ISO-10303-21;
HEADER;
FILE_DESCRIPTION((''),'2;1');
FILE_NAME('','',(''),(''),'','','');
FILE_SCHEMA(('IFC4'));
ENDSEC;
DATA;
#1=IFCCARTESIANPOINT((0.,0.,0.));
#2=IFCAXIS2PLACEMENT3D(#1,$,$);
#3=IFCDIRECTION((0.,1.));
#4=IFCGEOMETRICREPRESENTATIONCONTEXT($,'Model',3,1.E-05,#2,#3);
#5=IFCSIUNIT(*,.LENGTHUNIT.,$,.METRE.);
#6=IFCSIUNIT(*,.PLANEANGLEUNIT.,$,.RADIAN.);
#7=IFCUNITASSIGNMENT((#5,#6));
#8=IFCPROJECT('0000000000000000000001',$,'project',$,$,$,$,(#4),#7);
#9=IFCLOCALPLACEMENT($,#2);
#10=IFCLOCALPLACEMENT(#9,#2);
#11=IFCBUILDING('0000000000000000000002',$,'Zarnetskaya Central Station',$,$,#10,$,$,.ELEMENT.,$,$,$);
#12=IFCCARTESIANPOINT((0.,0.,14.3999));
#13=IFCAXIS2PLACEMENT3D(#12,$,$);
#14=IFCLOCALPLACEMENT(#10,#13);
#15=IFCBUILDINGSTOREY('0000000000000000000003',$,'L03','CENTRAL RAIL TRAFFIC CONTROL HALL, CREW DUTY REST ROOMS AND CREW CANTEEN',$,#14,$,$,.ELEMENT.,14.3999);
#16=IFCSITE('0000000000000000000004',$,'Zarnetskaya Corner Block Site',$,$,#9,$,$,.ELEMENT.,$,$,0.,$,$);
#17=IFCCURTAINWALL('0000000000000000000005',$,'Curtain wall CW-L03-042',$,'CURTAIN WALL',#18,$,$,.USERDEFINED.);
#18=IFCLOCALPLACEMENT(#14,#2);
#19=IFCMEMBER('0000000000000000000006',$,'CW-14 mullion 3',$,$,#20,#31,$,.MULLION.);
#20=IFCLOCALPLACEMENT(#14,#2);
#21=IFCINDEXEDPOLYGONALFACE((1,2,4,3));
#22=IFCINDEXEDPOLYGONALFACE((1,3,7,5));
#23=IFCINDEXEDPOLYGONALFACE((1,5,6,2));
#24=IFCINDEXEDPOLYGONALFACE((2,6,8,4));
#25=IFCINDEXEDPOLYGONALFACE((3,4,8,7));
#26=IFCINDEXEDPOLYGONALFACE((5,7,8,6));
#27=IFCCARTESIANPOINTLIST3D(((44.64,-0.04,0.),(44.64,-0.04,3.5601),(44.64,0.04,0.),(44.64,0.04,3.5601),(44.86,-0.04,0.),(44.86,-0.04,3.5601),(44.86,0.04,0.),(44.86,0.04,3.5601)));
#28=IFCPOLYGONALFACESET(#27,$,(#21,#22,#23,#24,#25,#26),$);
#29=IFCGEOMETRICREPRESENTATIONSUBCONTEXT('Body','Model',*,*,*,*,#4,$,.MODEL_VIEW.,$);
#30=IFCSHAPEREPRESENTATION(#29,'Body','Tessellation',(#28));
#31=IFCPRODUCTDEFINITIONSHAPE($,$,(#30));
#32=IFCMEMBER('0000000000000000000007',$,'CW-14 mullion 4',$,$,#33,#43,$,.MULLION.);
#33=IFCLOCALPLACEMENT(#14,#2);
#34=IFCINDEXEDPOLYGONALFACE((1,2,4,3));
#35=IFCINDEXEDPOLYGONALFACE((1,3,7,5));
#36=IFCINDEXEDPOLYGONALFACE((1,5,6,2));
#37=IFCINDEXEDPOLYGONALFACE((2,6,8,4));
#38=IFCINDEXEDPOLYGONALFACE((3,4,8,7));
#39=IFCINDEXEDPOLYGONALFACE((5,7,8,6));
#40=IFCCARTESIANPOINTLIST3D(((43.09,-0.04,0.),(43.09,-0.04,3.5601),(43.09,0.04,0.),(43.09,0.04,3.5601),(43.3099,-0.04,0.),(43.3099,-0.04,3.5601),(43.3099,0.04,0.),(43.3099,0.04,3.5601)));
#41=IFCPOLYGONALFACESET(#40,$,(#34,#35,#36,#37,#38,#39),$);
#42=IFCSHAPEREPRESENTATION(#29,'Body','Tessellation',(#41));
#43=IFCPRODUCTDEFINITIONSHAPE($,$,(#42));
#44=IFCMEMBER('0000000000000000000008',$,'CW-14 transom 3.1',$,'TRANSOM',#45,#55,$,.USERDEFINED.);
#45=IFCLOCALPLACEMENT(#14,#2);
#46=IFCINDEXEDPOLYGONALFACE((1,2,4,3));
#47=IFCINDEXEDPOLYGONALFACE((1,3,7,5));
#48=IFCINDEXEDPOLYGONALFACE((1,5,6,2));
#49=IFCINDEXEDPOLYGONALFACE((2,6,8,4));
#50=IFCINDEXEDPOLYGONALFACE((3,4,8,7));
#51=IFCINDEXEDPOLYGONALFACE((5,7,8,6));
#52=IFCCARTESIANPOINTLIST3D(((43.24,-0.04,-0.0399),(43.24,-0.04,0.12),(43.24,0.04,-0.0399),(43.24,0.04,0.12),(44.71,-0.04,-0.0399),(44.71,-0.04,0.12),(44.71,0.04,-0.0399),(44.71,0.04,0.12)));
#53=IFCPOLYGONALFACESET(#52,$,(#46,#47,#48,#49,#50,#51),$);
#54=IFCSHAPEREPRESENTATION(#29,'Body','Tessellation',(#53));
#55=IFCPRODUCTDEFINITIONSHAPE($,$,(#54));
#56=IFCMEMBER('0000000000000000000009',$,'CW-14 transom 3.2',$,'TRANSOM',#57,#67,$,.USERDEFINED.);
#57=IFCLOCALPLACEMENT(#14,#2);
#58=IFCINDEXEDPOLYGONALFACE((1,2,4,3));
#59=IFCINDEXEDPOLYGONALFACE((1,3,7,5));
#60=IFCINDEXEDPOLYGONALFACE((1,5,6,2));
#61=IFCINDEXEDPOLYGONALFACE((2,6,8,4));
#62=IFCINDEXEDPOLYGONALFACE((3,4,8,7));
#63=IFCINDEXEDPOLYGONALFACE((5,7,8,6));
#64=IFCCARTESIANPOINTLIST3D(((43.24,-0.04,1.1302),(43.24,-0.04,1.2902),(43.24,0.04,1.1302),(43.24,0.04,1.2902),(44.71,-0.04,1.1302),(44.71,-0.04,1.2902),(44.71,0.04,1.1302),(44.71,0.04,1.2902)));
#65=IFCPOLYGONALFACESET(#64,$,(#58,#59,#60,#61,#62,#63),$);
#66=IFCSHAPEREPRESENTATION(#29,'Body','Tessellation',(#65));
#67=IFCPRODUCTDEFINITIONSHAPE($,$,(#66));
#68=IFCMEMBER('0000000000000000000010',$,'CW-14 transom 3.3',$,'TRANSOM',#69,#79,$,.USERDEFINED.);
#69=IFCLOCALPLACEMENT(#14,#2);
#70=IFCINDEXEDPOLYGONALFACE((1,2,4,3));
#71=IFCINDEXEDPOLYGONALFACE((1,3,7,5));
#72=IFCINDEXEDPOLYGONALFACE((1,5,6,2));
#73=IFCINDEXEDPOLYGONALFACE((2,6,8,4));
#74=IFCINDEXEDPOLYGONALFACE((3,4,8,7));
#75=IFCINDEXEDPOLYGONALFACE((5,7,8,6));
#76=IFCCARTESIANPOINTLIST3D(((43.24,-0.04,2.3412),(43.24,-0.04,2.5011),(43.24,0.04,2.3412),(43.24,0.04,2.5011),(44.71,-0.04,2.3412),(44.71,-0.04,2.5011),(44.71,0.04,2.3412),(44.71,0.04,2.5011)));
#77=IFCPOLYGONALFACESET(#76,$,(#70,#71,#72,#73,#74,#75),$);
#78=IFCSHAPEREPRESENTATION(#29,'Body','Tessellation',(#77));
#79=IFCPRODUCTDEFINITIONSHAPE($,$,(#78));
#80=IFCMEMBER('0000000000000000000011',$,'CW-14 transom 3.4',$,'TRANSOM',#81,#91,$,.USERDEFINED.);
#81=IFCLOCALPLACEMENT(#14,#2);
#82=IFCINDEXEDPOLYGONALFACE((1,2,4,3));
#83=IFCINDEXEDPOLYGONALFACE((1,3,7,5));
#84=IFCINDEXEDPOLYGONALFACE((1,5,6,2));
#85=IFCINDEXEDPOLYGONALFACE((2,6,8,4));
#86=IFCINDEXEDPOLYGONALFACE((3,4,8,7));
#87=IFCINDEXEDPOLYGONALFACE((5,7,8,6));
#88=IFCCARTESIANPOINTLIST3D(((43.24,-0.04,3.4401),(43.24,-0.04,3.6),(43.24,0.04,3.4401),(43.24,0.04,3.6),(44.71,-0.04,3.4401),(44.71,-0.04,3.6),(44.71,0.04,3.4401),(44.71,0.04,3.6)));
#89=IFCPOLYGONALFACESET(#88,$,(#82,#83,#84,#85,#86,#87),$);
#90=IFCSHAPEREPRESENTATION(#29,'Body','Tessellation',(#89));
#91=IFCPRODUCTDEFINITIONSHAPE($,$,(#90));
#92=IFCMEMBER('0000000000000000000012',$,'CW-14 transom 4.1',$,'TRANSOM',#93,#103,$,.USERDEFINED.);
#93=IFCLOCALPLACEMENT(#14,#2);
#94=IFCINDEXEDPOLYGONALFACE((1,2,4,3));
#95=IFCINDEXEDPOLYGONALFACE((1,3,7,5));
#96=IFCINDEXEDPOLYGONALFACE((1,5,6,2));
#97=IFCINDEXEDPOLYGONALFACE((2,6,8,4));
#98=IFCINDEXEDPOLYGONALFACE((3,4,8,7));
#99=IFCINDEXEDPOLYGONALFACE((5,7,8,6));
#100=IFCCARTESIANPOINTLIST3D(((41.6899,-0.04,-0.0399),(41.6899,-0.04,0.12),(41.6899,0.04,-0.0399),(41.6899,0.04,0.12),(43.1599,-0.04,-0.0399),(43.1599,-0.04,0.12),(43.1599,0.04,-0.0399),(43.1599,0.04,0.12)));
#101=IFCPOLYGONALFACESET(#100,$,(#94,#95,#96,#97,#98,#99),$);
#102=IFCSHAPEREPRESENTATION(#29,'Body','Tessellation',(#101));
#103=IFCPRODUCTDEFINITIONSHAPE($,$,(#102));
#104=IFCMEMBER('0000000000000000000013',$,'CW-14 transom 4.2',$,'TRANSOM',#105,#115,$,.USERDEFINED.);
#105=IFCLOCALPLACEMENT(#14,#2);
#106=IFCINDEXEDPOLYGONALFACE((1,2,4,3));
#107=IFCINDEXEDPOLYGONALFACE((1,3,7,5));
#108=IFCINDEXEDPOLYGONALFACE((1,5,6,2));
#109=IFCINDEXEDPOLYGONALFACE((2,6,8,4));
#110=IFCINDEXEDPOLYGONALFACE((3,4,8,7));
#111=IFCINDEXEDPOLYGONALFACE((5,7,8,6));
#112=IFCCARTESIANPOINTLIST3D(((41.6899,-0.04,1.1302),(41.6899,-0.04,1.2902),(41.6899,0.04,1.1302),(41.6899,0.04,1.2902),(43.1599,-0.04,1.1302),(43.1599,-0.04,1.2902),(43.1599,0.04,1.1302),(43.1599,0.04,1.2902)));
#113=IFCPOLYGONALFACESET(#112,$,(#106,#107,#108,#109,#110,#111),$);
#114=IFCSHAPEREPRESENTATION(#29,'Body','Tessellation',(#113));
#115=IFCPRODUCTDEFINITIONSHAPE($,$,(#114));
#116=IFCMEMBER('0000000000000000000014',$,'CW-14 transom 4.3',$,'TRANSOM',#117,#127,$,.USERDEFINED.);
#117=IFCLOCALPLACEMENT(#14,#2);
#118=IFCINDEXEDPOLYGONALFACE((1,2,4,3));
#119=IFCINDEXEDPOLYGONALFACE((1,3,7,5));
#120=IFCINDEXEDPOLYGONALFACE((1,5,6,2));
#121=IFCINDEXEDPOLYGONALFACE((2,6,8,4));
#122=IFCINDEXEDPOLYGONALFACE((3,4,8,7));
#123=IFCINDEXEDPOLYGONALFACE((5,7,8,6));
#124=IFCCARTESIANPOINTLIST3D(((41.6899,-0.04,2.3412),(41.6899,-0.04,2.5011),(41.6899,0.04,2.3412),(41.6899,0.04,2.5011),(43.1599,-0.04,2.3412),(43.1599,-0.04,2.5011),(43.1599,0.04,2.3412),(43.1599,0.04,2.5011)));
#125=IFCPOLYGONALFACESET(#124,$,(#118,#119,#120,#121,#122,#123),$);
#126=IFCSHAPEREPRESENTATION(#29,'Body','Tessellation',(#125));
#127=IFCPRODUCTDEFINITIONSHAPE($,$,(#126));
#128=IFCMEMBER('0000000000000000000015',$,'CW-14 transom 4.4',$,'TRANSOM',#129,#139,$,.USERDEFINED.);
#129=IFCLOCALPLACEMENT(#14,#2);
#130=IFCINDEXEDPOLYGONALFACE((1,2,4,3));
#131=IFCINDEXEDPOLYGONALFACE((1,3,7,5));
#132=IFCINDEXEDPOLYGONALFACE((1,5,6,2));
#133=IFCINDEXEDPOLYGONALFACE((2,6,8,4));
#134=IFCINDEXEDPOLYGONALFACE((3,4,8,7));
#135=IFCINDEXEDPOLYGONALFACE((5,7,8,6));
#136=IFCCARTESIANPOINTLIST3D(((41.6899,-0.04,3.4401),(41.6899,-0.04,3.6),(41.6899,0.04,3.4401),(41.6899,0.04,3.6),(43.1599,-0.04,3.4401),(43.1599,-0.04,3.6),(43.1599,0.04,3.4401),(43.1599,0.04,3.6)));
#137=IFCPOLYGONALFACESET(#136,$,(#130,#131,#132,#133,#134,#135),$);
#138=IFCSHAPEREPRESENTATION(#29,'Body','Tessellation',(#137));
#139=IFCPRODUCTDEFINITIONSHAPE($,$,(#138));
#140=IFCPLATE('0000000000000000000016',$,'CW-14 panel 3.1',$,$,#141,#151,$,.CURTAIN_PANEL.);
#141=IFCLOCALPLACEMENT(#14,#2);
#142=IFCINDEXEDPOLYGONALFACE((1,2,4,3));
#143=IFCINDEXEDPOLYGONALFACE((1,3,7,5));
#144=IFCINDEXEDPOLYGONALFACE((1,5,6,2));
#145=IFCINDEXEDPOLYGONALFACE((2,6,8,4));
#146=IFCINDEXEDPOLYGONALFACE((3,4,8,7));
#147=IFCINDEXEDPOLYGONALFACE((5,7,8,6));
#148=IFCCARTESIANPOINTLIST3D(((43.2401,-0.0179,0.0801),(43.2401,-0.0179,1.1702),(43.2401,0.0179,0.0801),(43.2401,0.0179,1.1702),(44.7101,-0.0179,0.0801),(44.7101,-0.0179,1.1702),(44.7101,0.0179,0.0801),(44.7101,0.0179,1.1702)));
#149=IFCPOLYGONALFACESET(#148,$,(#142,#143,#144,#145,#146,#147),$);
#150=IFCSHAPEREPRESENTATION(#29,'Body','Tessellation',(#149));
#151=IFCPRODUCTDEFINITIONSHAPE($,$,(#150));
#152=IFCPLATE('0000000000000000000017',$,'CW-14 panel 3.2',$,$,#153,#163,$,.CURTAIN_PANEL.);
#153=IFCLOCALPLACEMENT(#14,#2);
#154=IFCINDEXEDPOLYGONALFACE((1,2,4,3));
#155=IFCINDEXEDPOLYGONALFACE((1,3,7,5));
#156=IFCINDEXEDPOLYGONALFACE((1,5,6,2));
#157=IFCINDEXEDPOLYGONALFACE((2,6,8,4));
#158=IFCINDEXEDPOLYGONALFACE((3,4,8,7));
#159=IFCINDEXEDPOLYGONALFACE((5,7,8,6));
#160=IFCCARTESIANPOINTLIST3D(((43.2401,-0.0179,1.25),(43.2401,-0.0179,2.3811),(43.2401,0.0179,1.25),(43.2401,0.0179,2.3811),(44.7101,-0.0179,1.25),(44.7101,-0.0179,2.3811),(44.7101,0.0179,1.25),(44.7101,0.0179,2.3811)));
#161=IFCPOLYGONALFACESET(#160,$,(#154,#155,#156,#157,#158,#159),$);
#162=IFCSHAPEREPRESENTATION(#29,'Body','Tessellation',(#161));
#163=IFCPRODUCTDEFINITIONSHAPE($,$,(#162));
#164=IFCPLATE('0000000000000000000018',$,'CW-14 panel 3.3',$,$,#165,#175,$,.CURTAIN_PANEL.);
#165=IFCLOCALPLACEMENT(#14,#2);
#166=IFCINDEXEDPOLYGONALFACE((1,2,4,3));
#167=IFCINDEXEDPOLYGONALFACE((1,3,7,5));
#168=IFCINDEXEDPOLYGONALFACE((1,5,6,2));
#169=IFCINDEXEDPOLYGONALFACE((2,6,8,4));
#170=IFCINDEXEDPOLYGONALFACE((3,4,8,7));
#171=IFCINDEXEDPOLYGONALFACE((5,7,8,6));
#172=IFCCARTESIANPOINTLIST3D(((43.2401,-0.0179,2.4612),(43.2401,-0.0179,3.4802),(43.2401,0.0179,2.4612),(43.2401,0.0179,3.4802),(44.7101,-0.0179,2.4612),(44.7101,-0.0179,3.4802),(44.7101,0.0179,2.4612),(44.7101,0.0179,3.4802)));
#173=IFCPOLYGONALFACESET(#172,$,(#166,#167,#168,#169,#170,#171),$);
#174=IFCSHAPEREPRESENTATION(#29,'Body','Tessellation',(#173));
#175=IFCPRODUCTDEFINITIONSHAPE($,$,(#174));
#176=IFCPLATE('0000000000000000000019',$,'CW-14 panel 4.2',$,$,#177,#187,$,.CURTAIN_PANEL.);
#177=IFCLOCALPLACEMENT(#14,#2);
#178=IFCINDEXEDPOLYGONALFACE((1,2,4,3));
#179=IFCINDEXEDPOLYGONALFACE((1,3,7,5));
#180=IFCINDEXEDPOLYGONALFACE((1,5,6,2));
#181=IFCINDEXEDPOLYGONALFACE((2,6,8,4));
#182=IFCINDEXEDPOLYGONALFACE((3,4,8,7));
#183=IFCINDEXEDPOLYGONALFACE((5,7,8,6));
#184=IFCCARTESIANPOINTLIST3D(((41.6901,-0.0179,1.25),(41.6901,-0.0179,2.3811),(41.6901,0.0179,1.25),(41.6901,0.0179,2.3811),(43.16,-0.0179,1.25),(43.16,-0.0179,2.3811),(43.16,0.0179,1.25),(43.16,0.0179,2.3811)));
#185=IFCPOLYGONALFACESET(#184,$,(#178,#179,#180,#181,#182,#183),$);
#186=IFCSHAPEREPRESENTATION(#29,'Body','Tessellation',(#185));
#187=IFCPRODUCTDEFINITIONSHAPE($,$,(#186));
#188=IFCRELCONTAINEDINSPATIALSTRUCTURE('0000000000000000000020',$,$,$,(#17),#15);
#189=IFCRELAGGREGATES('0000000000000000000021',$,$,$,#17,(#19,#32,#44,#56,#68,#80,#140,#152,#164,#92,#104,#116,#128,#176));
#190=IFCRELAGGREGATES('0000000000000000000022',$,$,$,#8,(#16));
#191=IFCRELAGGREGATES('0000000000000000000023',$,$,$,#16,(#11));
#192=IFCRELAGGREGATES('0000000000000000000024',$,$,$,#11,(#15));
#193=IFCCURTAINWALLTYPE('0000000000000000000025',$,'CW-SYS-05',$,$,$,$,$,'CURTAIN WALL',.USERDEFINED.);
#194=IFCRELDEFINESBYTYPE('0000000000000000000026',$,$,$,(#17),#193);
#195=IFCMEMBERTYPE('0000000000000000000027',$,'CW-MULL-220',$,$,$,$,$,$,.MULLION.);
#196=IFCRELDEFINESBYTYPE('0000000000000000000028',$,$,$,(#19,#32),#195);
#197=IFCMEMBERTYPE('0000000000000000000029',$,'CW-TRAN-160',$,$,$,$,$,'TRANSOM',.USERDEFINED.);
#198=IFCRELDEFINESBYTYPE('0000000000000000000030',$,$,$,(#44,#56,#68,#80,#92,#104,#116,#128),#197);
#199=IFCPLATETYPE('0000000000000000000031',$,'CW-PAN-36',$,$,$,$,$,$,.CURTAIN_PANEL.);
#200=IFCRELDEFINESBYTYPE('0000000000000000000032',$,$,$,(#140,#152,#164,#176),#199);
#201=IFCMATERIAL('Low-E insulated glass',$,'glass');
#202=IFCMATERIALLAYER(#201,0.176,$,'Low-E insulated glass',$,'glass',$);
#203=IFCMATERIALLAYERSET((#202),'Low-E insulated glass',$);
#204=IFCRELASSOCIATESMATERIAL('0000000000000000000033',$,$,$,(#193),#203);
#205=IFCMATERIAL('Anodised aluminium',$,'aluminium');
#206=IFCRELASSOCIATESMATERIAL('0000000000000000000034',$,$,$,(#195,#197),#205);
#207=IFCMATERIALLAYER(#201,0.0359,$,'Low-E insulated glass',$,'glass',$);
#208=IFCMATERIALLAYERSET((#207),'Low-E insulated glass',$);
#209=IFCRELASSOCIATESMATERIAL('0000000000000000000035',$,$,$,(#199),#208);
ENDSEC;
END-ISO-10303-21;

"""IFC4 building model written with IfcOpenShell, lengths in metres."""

from ifc_helpers import new_model, si_unit, direction, frame, origin, origin_2d, place, context, subcontext, project, spatial, rectangle, extrude, material, layer, layer_set, material_profile, profile_set, type_object, element, aggregate, save


model = new_model("IFC4")

# Units and contexts
model_context = context("Model", 3, precision=1e-05, world=origin(), true_north=direction((0.0, 1.0)))
body_context = subcontext(model_context, "Body", "Model", "MODEL_VIEW")
ifc_project = project(units=[si_unit("LENGTHUNIT", "METRE"), si_unit("PLANEANGLEUNIT", "RADIAN")], contexts=[model_context])

# Site, building, storey
site_placement = place(None, origin())
site = spatial("IfcSite", under=ifc_project, at=site_placement, Name="Zarnetskaya Corner Block Site", CompositionType="ELEMENT", RefElevation=0.0)
building_placement = place(site_placement, origin())
building = spatial("IfcBuilding", under=site, at=building_placement, Name="Zarnetskaya Central Station", CompositionType="ELEMENT")
storey_placement = place(building_placement, frame((0.0, 0.0, 14.3999)))
storey = spatial("IfcBuildingStorey", under=building, at=storey_placement, Name="L03", Description="CENTRAL RAIL TRAFFIC CONTROL HALL, CREW DUTY REST ROOMS AND CREW CANTEEN", CompositionType="ELEMENT", Elevation=14.3999)

# Curtain wall, members, plates
ifc_material_1 = material(Name="Low-E insulated glass", Category="glass")
ifc_layer_1 = layer(ifc_material_1, 0.176, Name="Low-E insulated glass", Category="glass")
ifc_layer_set_1 = layer_set([ifc_layer_1], Name="Low-E insulated glass")
curtain_wall_type = type_object("IfcCurtainWallType", Name="CW-SYS-05", ElementType="CURTAIN WALL", PredefinedType="USERDEFINED", material=ifc_layer_set_1)
curtain_wall_placement = place(storey_placement, origin())
curtain_wall = element("IfcCurtainWall", 1, at=curtain_wall_placement, inside=storey, type_object=curtain_wall_type, Name="Curtain wall CW-L03-042", ObjectType="CURTAIN WALL", PredefinedType="USERDEFINED")
ifc_material_2 = material(Name="Anodised aluminium", Category="aluminium")
ifc_material_profile_1 = material_profile(ifc_material_2, rectangle(XDim=0.0801, YDim=0.22, at=origin_2d()), Name="ALU MULL 80x220")
ifc_profile_set_1 = profile_set([ifc_material_profile_1], Name="Anodised aluminium")
member_type_1 = type_object("IfcMemberType", Name="CW-MULL-220", PredefinedType="MULLION", material=ifc_profile_set_1)
member_1_placement = place(storey_placement, frame((44.75, 0.0, 0.0), z_axis=(0.0, 0.0, 1.0), x_axis=(0.0, -1.0, 0.0)))
member_1 = element("IfcMember", 2, at=member_1_placement, type_object=member_type_1, Name="CW-14 mullion 3", PredefinedType="MULLION", context=body_context, shape_type="SweptSolid", body=[
    extrude(rectangle(XDim=0.0801, YDim=0.22, at=origin_2d()), origin(), (0.0, 0.0, 1.0), 3.5601),
])
member_2_placement = place(storey_placement, frame((43.2, 0.0, 0.0), z_axis=(0.0, 0.0, 1.0), x_axis=(0.0, -1.0, 0.0)))
member_2 = element("IfcMember", 3, at=member_2_placement, type_object=member_type_1, Name="CW-14 mullion 4", PredefinedType="MULLION", context=body_context, shape_type="SweptSolid", body=[
    extrude(rectangle(XDim=0.0801, YDim=0.22, at=origin_2d()), origin(), (0.0, 0.0, 1.0), 3.5601),
])
ifc_material_profile_2 = material_profile(ifc_material_2, rectangle(XDim=0.0801, YDim=0.1599, at=origin_2d()), Name="ALU TRAN 80x160")
ifc_profile_set_2 = profile_set([ifc_material_profile_2], Name="Anodised aluminium")
member_type_2 = type_object("IfcMemberType", Name="CW-TRAN-160", ElementType="TRANSOM", PredefinedType="USERDEFINED", material=ifc_profile_set_2)
member_3_placement = place(storey_placement, frame((44.71, 0.0, 0.04), z_axis=(-1.0, 0.0, 0.0), x_axis=(0.0, -1.0, 0.0)))
member_3 = element("IfcMember", 4, at=member_3_placement, type_object=member_type_2, Name="CW-14 transom 3.1", ObjectType="TRANSOM", PredefinedType="USERDEFINED", context=body_context, shape_type="SweptSolid", body=[
    extrude(rectangle(XDim=0.0801, YDim=0.1599, at=origin_2d()), origin(), (0.0, 0.0, 1.0), 1.47),
])
member_4_placement = place(storey_placement, frame((44.71, 0.0, 1.2102), z_axis=(-1.0, 0.0, 0.0), x_axis=(0.0, -1.0, 0.0)))
member_4 = element("IfcMember", 5, at=member_4_placement, type_object=member_type_2, Name="CW-14 transom 3.2", ObjectType="TRANSOM", PredefinedType="USERDEFINED", context=body_context, shape_type="SweptSolid", body=[
    extrude(rectangle(XDim=0.0801, YDim=0.1599, at=origin_2d()), origin(), (0.0, 0.0, 1.0), 1.47),
])
member_5_placement = place(storey_placement, frame((44.71, 0.0, 2.4211), z_axis=(-1.0, 0.0, 0.0), x_axis=(0.0, -1.0, 0.0)))
member_5 = element("IfcMember", 6, at=member_5_placement, type_object=member_type_2, Name="CW-14 transom 3.3", ObjectType="TRANSOM", PredefinedType="USERDEFINED", context=body_context, shape_type="SweptSolid", body=[
    extrude(rectangle(XDim=0.0801, YDim=0.1599, at=origin_2d()), origin(), (0.0, 0.0, 1.0), 1.47),
])
member_6_placement = place(storey_placement, frame((44.71, 0.0, 3.52), z_axis=(-1.0, 0.0, 0.0), x_axis=(0.0, -1.0, 0.0)))
member_6 = element("IfcMember", 7, at=member_6_placement, type_object=member_type_2, Name="CW-14 transom 3.4", ObjectType="TRANSOM", PredefinedType="USERDEFINED", context=body_context, shape_type="SweptSolid", body=[
    extrude(rectangle(XDim=0.0801, YDim=0.1599, at=origin_2d()), origin(), (0.0, 0.0, 1.0), 1.47),
])
member_7_placement = place(storey_placement, frame((43.1599, 0.0, 0.04), z_axis=(-1.0, 0.0, 0.0), x_axis=(0.0, -1.0, 0.0)))
member_7 = element("IfcMember", 8, at=member_7_placement, type_object=member_type_2, Name="CW-14 transom 4.1", ObjectType="TRANSOM", PredefinedType="USERDEFINED", context=body_context, shape_type="SweptSolid", body=[
    extrude(rectangle(XDim=0.0801, YDim=0.1599, at=origin_2d()), origin(), (0.0, 0.0, 1.0), 1.47),
])
member_8_placement = place(storey_placement, frame((43.1599, 0.0, 1.2102), z_axis=(-1.0, 0.0, 0.0), x_axis=(0.0, -1.0, 0.0)))
member_8 = element("IfcMember", 9, at=member_8_placement, type_object=member_type_2, Name="CW-14 transom 4.2", ObjectType="TRANSOM", PredefinedType="USERDEFINED", context=body_context, shape_type="SweptSolid", body=[
    extrude(rectangle(XDim=0.0801, YDim=0.1599, at=origin_2d()), origin(), (0.0, 0.0, 1.0), 1.47),
])
member_9_placement = place(storey_placement, frame((43.1599, 0.0, 2.4211), z_axis=(-1.0, 0.0, 0.0), x_axis=(0.0, -1.0, 0.0)))
member_9 = element("IfcMember", 10, at=member_9_placement, type_object=member_type_2, Name="CW-14 transom 4.3", ObjectType="TRANSOM", PredefinedType="USERDEFINED", context=body_context, shape_type="SweptSolid", body=[
    extrude(rectangle(XDim=0.0801, YDim=0.1599, at=origin_2d()), origin(), (0.0, 0.0, 1.0), 1.47),
])
member_10_placement = place(storey_placement, frame((43.1599, 0.0, 3.52), z_axis=(-1.0, 0.0, 0.0), x_axis=(0.0, -1.0, 0.0)))
member_10 = element("IfcMember", 11, at=member_10_placement, type_object=member_type_2, Name="CW-14 transom 4.4", ObjectType="TRANSOM", PredefinedType="USERDEFINED", context=body_context, shape_type="SweptSolid", body=[
    extrude(rectangle(XDim=0.0801, YDim=0.1599, at=origin_2d()), origin(), (0.0, 0.0, 1.0), 1.47),
])
ifc_layer_2 = layer(ifc_material_1, 0.0359, Name="Low-E insulated glass", Category="glass")
ifc_layer_set_2 = layer_set([ifc_layer_2], Name="Low-E insulated glass")
plate_type = type_object("IfcPlateType", Name="CW-PAN-36", PredefinedType="CURTAIN_PANEL", material=ifc_layer_set_2)
plate_1_placement = place(storey_placement, frame((43.9751, 0.0, 0.0801), z_axis=(0.0, 0.0, 1.0), x_axis=(-1.0, 0.0, 0.0)))
plate_1 = element("IfcPlate", 12, at=plate_1_placement, type_object=plate_type, Name="CW-14 panel 3.1", PredefinedType="CURTAIN_PANEL", context=body_context, shape_type="SweptSolid", body=[
    extrude(rectangle(XDim=1.47, YDim=0.0359, at=origin_2d()), origin(), (0.0, 0.0, 1.0), 1.0901),
])
plate_2_placement = place(storey_placement, frame((43.9751, 0.0, 1.25), z_axis=(0.0, 0.0, 1.0), x_axis=(-1.0, 0.0, 0.0)))
plate_2 = element("IfcPlate", 13, at=plate_2_placement, type_object=plate_type, Name="CW-14 panel 3.2", PredefinedType="CURTAIN_PANEL", context=body_context, shape_type="SweptSolid", body=[
    extrude(rectangle(XDim=1.47, YDim=0.0359, at=origin_2d()), origin(), (0.0, 0.0, 1.0), 1.1311),
])
plate_3_placement = place(storey_placement, frame((43.9751, 0.0, 2.4612), z_axis=(0.0, 0.0, 1.0), x_axis=(-1.0, 0.0, 0.0)))
plate_3 = element("IfcPlate", 14, at=plate_3_placement, type_object=plate_type, Name="CW-14 panel 3.3", PredefinedType="CURTAIN_PANEL", context=body_context, shape_type="SweptSolid", body=[
    extrude(rectangle(XDim=1.47, YDim=0.0359, at=origin_2d()), origin(), (0.0, 0.0, 1.0), 1.019),
])
plate_4_placement = place(storey_placement, frame((42.425, 0.0, 1.25), z_axis=(0.0, 0.0, 1.0), x_axis=(-1.0, 0.0, 0.0)))
plate_4 = element("IfcPlate", 15, at=plate_4_placement, type_object=plate_type, Name="CW-14 panel 4.2", PredefinedType="CURTAIN_PANEL", context=body_context, shape_type="SweptSolid", body=[
    extrude(rectangle(XDim=1.47, YDim=0.0359, at=origin_2d()), origin(), (0.0, 0.0, 1.0), 1.1311),
])
aggregate(curtain_wall, [member_1, member_2, member_3, member_4, member_5, member_6, plate_1, plate_2, plate_3, member_7, member_8, member_9, member_10, plate_4])

save(model, "model.ifc")
